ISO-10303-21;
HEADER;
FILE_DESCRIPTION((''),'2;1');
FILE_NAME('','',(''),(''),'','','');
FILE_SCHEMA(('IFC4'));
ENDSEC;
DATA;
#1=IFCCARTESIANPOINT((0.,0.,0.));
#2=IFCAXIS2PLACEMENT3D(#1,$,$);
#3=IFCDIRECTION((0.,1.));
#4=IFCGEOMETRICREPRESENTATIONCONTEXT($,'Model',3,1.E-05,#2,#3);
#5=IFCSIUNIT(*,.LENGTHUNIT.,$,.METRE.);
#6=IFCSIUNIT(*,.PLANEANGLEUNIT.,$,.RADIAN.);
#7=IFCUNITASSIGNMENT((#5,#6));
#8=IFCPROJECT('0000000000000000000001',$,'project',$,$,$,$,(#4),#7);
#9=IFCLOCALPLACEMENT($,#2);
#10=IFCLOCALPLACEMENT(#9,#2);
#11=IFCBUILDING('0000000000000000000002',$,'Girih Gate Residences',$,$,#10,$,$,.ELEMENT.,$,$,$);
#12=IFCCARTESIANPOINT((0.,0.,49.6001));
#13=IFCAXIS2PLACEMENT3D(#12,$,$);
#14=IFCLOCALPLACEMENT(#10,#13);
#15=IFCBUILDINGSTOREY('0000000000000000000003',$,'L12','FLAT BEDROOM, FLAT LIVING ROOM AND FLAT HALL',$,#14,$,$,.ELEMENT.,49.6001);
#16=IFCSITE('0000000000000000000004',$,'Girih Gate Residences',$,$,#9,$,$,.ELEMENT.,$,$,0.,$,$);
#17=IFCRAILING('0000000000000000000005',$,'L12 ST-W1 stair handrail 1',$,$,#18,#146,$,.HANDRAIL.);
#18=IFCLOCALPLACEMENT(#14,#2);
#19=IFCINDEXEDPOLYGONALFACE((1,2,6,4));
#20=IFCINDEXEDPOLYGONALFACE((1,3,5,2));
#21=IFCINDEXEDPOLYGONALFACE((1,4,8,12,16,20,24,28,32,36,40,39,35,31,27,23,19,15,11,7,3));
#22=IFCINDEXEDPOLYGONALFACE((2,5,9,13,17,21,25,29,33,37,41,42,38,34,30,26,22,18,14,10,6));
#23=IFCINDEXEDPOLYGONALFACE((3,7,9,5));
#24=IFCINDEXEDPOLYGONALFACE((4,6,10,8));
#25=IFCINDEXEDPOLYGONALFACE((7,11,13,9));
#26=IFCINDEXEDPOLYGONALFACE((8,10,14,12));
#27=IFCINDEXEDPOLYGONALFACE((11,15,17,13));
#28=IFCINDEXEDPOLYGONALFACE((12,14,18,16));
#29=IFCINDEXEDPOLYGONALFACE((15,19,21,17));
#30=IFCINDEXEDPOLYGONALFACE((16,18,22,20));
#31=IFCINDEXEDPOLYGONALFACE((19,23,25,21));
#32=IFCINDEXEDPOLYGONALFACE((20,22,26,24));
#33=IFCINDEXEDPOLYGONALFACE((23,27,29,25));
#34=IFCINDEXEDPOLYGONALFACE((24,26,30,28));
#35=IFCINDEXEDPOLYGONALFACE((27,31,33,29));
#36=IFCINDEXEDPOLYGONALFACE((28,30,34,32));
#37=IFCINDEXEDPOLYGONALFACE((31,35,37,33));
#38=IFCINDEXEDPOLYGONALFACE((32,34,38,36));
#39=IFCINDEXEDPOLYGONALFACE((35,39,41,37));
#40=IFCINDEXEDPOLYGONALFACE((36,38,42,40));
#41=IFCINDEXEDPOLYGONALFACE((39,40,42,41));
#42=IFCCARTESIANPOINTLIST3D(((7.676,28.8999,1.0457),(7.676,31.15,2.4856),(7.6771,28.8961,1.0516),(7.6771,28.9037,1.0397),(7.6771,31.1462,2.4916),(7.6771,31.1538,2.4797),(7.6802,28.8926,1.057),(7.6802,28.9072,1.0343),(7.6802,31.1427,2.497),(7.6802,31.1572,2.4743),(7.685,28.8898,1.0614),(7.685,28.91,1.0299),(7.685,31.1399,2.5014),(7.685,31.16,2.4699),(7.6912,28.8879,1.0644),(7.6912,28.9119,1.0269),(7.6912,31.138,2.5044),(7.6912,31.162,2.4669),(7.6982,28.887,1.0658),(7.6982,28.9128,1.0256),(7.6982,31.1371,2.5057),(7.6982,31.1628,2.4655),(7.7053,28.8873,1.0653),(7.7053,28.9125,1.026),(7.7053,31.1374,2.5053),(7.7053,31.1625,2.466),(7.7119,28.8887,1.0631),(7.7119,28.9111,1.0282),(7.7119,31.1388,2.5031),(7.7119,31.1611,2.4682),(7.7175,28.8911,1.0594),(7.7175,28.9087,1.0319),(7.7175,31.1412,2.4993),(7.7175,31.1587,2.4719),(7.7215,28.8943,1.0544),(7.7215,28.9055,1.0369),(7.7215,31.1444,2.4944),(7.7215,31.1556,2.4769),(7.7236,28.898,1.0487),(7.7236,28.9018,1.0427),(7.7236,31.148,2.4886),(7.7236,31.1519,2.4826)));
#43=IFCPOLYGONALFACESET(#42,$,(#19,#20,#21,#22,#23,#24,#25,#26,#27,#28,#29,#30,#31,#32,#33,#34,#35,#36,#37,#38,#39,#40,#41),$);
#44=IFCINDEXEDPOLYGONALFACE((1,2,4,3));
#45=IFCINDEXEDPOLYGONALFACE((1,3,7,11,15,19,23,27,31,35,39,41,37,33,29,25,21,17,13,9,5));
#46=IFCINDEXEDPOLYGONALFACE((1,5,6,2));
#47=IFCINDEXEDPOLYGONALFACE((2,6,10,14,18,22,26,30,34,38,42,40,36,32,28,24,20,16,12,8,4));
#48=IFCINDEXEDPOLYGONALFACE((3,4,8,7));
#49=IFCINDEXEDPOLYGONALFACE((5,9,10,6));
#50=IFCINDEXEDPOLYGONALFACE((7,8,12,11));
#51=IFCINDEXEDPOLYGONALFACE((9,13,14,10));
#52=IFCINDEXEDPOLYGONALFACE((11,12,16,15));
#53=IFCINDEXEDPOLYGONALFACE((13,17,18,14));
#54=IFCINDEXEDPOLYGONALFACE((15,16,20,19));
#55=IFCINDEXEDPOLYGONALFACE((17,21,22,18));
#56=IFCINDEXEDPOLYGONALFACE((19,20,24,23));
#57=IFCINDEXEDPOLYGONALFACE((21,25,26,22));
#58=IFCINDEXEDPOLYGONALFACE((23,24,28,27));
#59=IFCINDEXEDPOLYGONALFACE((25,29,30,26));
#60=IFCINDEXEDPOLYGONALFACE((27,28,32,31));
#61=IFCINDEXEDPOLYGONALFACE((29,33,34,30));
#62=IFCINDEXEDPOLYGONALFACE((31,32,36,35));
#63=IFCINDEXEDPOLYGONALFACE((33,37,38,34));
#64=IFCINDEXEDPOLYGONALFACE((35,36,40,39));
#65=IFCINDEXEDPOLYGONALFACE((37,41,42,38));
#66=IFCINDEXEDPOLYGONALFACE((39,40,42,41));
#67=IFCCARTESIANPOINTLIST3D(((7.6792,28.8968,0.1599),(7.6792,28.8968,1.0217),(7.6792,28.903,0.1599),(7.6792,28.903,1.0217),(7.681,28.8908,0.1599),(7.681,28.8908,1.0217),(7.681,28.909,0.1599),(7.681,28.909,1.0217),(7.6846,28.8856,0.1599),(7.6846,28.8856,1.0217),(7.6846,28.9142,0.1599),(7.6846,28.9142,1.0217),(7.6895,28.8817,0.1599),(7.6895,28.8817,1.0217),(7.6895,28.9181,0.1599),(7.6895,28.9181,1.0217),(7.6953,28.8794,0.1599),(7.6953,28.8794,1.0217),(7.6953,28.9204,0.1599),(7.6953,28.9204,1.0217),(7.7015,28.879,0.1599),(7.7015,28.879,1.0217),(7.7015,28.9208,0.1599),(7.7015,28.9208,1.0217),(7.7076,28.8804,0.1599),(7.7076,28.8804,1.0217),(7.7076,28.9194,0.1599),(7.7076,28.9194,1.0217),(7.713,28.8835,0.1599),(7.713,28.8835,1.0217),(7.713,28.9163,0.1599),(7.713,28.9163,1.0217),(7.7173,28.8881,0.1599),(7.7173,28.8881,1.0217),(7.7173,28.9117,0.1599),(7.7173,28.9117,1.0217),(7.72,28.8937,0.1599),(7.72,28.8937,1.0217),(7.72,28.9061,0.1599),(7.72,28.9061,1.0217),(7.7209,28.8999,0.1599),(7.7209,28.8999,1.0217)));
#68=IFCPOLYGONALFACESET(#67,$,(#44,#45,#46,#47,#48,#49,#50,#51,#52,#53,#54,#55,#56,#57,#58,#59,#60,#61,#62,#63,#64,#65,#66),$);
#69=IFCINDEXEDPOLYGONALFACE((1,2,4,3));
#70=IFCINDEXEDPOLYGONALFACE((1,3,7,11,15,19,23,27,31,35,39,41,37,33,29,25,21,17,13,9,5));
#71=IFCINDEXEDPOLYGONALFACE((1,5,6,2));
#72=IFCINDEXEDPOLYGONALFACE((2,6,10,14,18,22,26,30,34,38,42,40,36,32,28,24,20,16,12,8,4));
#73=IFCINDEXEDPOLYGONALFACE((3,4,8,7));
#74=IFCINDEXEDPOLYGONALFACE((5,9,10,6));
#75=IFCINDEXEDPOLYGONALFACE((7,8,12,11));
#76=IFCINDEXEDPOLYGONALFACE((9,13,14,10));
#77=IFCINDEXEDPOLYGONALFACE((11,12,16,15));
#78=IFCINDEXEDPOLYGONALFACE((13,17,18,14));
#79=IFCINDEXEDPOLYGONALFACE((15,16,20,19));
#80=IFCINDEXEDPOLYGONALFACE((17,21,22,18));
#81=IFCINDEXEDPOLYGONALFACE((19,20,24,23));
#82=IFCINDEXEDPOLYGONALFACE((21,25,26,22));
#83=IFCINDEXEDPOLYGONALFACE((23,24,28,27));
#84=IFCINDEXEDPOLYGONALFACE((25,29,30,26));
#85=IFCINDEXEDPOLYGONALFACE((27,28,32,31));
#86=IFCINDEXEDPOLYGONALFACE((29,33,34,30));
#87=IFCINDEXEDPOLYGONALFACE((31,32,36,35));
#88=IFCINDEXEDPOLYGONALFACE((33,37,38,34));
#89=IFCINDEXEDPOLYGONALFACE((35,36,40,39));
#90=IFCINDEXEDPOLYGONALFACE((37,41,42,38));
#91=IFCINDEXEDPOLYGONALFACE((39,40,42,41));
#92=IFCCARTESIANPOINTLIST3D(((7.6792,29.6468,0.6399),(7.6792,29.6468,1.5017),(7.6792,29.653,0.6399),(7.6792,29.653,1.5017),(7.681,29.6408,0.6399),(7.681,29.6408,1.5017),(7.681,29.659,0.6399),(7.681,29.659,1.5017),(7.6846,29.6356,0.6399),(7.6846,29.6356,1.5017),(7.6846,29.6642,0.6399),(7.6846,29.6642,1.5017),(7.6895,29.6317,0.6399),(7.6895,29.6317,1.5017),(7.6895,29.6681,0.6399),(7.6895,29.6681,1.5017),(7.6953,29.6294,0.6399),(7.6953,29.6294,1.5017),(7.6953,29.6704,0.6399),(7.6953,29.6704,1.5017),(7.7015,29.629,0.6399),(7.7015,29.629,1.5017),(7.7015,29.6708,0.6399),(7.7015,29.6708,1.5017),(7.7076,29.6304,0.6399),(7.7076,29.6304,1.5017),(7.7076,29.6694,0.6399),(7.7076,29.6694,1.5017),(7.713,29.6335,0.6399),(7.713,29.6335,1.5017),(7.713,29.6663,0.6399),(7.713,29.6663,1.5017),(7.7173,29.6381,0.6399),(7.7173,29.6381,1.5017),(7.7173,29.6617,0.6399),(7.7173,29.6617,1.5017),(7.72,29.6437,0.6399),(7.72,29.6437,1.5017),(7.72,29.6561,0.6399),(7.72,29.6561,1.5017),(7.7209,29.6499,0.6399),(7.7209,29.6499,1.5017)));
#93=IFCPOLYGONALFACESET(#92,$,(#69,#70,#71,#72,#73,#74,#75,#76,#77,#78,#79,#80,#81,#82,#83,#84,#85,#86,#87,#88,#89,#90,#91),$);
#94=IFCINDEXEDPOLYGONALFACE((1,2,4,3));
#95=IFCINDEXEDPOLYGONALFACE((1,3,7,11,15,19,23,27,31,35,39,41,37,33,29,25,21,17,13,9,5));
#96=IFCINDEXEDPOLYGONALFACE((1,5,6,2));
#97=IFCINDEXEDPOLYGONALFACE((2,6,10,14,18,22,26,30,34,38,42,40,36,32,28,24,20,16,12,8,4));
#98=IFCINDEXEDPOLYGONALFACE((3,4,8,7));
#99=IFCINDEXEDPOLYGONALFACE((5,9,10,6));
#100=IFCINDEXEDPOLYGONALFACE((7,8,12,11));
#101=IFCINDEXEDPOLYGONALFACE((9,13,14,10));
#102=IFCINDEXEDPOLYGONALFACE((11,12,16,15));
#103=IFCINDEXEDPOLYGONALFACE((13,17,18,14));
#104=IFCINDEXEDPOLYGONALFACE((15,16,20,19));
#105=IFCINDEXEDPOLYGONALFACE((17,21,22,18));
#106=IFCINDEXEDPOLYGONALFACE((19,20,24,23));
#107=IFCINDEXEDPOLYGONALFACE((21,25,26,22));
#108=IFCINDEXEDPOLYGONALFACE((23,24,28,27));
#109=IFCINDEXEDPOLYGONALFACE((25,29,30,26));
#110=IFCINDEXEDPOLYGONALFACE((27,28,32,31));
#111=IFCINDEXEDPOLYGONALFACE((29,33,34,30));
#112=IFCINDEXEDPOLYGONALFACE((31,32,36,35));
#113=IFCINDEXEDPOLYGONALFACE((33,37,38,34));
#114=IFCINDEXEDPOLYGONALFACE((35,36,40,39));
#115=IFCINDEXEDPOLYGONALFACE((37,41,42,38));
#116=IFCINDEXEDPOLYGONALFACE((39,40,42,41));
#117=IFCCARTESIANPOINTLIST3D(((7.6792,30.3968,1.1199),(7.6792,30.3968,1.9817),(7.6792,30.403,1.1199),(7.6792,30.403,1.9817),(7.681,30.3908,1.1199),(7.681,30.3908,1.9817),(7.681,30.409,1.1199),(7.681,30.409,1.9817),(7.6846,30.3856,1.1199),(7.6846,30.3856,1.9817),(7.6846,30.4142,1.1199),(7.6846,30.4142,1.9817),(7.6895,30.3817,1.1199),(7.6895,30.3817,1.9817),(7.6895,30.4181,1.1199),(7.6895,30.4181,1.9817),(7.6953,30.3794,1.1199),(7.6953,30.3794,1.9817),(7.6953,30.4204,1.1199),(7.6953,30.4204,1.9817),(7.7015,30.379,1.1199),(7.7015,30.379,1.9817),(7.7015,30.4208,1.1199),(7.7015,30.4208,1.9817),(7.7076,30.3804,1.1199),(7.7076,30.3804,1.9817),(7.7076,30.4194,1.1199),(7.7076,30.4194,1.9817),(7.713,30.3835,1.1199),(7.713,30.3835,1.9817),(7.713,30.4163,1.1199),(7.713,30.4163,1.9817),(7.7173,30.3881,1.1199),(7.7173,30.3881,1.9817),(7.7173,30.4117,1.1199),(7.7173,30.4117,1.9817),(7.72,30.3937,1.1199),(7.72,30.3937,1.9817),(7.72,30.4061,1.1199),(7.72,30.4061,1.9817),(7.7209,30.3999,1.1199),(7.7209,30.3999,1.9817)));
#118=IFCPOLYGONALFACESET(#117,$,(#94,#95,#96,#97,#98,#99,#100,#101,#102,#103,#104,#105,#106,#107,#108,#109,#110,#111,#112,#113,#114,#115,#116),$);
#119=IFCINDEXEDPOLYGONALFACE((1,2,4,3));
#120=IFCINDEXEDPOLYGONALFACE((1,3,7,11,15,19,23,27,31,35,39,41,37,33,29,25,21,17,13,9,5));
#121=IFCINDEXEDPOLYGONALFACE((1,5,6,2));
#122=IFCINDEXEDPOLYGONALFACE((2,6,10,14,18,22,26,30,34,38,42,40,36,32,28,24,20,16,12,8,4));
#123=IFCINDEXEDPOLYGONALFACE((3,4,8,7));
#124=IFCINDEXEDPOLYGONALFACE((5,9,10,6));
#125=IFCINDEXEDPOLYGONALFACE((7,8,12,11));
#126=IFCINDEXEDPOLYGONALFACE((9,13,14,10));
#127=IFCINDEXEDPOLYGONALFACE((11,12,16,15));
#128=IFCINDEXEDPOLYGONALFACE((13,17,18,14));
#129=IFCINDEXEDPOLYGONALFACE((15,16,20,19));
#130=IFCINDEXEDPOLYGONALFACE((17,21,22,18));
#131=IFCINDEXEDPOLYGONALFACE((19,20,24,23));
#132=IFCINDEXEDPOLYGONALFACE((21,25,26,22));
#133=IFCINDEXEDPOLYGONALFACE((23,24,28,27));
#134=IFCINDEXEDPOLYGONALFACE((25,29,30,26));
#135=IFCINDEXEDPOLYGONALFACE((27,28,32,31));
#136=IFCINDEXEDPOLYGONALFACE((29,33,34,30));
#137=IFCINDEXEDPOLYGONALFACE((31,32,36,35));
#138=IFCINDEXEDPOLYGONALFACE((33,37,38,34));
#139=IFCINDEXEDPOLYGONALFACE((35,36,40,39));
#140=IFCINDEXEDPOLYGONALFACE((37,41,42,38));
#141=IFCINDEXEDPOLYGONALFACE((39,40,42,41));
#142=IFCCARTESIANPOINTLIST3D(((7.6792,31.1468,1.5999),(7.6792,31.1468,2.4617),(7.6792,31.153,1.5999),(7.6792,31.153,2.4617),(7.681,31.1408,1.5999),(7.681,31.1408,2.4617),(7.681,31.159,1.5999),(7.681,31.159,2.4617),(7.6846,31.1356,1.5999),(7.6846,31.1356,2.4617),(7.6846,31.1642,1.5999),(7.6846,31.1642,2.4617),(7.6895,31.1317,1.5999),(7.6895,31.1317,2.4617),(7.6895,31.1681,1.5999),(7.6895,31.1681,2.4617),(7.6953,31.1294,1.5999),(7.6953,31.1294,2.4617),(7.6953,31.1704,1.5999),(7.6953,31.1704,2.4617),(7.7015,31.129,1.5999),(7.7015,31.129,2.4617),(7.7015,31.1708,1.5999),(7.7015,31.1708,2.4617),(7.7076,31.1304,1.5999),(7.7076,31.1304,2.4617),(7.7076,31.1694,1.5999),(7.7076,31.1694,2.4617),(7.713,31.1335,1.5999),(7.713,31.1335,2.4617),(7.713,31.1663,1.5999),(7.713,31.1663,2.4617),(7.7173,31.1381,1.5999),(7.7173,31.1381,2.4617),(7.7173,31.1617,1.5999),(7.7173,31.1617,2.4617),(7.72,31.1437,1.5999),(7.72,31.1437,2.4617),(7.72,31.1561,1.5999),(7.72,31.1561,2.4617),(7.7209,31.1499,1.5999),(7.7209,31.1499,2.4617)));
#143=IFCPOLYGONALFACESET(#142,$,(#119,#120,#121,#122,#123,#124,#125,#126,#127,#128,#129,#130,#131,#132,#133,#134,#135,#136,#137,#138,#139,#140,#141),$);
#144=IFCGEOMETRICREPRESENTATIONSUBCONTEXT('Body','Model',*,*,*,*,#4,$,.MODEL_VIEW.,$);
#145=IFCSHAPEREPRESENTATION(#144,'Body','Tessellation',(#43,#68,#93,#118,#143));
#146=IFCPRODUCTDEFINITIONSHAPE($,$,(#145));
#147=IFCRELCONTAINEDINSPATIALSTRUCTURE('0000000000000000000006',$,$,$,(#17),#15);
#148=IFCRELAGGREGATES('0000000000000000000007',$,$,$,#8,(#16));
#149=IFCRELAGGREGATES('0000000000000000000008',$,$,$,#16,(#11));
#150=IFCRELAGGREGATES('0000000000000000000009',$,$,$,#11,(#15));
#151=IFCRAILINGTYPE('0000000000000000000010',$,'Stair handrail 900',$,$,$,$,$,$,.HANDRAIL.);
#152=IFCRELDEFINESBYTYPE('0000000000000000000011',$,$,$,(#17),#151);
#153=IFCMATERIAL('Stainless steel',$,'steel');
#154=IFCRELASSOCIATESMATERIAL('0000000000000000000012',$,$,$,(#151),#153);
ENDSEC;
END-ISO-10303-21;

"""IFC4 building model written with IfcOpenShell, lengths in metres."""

from ifc_helpers import new_model, si_unit, direction, frame, origin, origin_2d, place, context, subcontext, project, spatial, circle, extrude, material, type_object, element, save


model = new_model("IFC4")

# Units and contexts
model_context = context("Model", 3, precision=1e-05, world=origin(), true_north=direction((0.0, 1.0)))
body_context = subcontext(model_context, "Body", "Model", "MODEL_VIEW")
ifc_project = project(units=[si_unit("LENGTHUNIT", "METRE"), si_unit("PLANEANGLEUNIT", "RADIAN")], contexts=[model_context])

# Site, building, storey
site_placement = place(None, origin())
site = spatial("IfcSite", under=ifc_project, at=site_placement, Name="Girih Gate Residences", CompositionType="ELEMENT", RefElevation=0.0)
building_placement = place(site_placement, origin())
building = spatial("IfcBuilding", under=site, at=building_placement, Name="Girih Gate Residences", CompositionType="ELEMENT")
storey_placement = place(building_placement, frame((0.0, 0.0, 49.6001)))
storey = spatial("IfcBuildingStorey", under=building, at=storey_placement, Name="L12", Description="FLAT BEDROOM, FLAT LIVING ROOM AND FLAT HALL", CompositionType="ELEMENT", Elevation=49.6001)

# Railing
ifc_material_1 = material(Name="Stainless steel", Category="steel")
railing_type_1 = type_object("IfcRailingType", Name="Stair handrail 900", PredefinedType="HANDRAIL", material=ifc_material_1)
railing_1_placement = place(storey_placement, frame((7.7, 28.8999, 0.1599)))
element("IfcRailing", 1, at=railing_1_placement, inside=storey, type_object=railing_type_1, Name="L12 ST-W1 stair handrail 1", PredefinedType="HANDRAIL", context=body_context, shape_type="SweptSolid", body=[
    extrude(circle(Radius=0.0239, at=origin_2d()), frame((0.0, 0.0, 0.8857), z_axis=(0.0, 0.842281, 0.539038), x_axis=(-1.0, 0.0, 0.0)), (0.0, 0.0, 1.0), 2.6714),
    extrude(circle(Radius=0.021, at=origin_2d()), origin(), (0.0, 0.0, 1.0), 0.8618),
    extrude(circle(Radius=0.021, at=origin_2d()), frame((0.0, 0.75, 0.48)), (0.0, 0.0, 1.0), 0.8618),
    extrude(circle(Radius=0.021, at=origin_2d()), frame((0.0, 1.5, 0.96)), (0.0, 0.0, 1.0), 0.8618),
    extrude(circle(Radius=0.021, at=origin_2d()), frame((0.0, 2.25, 1.4399)), (0.0, 0.0, 1.0), 0.8618),
])

save(model, "model.ifc")
